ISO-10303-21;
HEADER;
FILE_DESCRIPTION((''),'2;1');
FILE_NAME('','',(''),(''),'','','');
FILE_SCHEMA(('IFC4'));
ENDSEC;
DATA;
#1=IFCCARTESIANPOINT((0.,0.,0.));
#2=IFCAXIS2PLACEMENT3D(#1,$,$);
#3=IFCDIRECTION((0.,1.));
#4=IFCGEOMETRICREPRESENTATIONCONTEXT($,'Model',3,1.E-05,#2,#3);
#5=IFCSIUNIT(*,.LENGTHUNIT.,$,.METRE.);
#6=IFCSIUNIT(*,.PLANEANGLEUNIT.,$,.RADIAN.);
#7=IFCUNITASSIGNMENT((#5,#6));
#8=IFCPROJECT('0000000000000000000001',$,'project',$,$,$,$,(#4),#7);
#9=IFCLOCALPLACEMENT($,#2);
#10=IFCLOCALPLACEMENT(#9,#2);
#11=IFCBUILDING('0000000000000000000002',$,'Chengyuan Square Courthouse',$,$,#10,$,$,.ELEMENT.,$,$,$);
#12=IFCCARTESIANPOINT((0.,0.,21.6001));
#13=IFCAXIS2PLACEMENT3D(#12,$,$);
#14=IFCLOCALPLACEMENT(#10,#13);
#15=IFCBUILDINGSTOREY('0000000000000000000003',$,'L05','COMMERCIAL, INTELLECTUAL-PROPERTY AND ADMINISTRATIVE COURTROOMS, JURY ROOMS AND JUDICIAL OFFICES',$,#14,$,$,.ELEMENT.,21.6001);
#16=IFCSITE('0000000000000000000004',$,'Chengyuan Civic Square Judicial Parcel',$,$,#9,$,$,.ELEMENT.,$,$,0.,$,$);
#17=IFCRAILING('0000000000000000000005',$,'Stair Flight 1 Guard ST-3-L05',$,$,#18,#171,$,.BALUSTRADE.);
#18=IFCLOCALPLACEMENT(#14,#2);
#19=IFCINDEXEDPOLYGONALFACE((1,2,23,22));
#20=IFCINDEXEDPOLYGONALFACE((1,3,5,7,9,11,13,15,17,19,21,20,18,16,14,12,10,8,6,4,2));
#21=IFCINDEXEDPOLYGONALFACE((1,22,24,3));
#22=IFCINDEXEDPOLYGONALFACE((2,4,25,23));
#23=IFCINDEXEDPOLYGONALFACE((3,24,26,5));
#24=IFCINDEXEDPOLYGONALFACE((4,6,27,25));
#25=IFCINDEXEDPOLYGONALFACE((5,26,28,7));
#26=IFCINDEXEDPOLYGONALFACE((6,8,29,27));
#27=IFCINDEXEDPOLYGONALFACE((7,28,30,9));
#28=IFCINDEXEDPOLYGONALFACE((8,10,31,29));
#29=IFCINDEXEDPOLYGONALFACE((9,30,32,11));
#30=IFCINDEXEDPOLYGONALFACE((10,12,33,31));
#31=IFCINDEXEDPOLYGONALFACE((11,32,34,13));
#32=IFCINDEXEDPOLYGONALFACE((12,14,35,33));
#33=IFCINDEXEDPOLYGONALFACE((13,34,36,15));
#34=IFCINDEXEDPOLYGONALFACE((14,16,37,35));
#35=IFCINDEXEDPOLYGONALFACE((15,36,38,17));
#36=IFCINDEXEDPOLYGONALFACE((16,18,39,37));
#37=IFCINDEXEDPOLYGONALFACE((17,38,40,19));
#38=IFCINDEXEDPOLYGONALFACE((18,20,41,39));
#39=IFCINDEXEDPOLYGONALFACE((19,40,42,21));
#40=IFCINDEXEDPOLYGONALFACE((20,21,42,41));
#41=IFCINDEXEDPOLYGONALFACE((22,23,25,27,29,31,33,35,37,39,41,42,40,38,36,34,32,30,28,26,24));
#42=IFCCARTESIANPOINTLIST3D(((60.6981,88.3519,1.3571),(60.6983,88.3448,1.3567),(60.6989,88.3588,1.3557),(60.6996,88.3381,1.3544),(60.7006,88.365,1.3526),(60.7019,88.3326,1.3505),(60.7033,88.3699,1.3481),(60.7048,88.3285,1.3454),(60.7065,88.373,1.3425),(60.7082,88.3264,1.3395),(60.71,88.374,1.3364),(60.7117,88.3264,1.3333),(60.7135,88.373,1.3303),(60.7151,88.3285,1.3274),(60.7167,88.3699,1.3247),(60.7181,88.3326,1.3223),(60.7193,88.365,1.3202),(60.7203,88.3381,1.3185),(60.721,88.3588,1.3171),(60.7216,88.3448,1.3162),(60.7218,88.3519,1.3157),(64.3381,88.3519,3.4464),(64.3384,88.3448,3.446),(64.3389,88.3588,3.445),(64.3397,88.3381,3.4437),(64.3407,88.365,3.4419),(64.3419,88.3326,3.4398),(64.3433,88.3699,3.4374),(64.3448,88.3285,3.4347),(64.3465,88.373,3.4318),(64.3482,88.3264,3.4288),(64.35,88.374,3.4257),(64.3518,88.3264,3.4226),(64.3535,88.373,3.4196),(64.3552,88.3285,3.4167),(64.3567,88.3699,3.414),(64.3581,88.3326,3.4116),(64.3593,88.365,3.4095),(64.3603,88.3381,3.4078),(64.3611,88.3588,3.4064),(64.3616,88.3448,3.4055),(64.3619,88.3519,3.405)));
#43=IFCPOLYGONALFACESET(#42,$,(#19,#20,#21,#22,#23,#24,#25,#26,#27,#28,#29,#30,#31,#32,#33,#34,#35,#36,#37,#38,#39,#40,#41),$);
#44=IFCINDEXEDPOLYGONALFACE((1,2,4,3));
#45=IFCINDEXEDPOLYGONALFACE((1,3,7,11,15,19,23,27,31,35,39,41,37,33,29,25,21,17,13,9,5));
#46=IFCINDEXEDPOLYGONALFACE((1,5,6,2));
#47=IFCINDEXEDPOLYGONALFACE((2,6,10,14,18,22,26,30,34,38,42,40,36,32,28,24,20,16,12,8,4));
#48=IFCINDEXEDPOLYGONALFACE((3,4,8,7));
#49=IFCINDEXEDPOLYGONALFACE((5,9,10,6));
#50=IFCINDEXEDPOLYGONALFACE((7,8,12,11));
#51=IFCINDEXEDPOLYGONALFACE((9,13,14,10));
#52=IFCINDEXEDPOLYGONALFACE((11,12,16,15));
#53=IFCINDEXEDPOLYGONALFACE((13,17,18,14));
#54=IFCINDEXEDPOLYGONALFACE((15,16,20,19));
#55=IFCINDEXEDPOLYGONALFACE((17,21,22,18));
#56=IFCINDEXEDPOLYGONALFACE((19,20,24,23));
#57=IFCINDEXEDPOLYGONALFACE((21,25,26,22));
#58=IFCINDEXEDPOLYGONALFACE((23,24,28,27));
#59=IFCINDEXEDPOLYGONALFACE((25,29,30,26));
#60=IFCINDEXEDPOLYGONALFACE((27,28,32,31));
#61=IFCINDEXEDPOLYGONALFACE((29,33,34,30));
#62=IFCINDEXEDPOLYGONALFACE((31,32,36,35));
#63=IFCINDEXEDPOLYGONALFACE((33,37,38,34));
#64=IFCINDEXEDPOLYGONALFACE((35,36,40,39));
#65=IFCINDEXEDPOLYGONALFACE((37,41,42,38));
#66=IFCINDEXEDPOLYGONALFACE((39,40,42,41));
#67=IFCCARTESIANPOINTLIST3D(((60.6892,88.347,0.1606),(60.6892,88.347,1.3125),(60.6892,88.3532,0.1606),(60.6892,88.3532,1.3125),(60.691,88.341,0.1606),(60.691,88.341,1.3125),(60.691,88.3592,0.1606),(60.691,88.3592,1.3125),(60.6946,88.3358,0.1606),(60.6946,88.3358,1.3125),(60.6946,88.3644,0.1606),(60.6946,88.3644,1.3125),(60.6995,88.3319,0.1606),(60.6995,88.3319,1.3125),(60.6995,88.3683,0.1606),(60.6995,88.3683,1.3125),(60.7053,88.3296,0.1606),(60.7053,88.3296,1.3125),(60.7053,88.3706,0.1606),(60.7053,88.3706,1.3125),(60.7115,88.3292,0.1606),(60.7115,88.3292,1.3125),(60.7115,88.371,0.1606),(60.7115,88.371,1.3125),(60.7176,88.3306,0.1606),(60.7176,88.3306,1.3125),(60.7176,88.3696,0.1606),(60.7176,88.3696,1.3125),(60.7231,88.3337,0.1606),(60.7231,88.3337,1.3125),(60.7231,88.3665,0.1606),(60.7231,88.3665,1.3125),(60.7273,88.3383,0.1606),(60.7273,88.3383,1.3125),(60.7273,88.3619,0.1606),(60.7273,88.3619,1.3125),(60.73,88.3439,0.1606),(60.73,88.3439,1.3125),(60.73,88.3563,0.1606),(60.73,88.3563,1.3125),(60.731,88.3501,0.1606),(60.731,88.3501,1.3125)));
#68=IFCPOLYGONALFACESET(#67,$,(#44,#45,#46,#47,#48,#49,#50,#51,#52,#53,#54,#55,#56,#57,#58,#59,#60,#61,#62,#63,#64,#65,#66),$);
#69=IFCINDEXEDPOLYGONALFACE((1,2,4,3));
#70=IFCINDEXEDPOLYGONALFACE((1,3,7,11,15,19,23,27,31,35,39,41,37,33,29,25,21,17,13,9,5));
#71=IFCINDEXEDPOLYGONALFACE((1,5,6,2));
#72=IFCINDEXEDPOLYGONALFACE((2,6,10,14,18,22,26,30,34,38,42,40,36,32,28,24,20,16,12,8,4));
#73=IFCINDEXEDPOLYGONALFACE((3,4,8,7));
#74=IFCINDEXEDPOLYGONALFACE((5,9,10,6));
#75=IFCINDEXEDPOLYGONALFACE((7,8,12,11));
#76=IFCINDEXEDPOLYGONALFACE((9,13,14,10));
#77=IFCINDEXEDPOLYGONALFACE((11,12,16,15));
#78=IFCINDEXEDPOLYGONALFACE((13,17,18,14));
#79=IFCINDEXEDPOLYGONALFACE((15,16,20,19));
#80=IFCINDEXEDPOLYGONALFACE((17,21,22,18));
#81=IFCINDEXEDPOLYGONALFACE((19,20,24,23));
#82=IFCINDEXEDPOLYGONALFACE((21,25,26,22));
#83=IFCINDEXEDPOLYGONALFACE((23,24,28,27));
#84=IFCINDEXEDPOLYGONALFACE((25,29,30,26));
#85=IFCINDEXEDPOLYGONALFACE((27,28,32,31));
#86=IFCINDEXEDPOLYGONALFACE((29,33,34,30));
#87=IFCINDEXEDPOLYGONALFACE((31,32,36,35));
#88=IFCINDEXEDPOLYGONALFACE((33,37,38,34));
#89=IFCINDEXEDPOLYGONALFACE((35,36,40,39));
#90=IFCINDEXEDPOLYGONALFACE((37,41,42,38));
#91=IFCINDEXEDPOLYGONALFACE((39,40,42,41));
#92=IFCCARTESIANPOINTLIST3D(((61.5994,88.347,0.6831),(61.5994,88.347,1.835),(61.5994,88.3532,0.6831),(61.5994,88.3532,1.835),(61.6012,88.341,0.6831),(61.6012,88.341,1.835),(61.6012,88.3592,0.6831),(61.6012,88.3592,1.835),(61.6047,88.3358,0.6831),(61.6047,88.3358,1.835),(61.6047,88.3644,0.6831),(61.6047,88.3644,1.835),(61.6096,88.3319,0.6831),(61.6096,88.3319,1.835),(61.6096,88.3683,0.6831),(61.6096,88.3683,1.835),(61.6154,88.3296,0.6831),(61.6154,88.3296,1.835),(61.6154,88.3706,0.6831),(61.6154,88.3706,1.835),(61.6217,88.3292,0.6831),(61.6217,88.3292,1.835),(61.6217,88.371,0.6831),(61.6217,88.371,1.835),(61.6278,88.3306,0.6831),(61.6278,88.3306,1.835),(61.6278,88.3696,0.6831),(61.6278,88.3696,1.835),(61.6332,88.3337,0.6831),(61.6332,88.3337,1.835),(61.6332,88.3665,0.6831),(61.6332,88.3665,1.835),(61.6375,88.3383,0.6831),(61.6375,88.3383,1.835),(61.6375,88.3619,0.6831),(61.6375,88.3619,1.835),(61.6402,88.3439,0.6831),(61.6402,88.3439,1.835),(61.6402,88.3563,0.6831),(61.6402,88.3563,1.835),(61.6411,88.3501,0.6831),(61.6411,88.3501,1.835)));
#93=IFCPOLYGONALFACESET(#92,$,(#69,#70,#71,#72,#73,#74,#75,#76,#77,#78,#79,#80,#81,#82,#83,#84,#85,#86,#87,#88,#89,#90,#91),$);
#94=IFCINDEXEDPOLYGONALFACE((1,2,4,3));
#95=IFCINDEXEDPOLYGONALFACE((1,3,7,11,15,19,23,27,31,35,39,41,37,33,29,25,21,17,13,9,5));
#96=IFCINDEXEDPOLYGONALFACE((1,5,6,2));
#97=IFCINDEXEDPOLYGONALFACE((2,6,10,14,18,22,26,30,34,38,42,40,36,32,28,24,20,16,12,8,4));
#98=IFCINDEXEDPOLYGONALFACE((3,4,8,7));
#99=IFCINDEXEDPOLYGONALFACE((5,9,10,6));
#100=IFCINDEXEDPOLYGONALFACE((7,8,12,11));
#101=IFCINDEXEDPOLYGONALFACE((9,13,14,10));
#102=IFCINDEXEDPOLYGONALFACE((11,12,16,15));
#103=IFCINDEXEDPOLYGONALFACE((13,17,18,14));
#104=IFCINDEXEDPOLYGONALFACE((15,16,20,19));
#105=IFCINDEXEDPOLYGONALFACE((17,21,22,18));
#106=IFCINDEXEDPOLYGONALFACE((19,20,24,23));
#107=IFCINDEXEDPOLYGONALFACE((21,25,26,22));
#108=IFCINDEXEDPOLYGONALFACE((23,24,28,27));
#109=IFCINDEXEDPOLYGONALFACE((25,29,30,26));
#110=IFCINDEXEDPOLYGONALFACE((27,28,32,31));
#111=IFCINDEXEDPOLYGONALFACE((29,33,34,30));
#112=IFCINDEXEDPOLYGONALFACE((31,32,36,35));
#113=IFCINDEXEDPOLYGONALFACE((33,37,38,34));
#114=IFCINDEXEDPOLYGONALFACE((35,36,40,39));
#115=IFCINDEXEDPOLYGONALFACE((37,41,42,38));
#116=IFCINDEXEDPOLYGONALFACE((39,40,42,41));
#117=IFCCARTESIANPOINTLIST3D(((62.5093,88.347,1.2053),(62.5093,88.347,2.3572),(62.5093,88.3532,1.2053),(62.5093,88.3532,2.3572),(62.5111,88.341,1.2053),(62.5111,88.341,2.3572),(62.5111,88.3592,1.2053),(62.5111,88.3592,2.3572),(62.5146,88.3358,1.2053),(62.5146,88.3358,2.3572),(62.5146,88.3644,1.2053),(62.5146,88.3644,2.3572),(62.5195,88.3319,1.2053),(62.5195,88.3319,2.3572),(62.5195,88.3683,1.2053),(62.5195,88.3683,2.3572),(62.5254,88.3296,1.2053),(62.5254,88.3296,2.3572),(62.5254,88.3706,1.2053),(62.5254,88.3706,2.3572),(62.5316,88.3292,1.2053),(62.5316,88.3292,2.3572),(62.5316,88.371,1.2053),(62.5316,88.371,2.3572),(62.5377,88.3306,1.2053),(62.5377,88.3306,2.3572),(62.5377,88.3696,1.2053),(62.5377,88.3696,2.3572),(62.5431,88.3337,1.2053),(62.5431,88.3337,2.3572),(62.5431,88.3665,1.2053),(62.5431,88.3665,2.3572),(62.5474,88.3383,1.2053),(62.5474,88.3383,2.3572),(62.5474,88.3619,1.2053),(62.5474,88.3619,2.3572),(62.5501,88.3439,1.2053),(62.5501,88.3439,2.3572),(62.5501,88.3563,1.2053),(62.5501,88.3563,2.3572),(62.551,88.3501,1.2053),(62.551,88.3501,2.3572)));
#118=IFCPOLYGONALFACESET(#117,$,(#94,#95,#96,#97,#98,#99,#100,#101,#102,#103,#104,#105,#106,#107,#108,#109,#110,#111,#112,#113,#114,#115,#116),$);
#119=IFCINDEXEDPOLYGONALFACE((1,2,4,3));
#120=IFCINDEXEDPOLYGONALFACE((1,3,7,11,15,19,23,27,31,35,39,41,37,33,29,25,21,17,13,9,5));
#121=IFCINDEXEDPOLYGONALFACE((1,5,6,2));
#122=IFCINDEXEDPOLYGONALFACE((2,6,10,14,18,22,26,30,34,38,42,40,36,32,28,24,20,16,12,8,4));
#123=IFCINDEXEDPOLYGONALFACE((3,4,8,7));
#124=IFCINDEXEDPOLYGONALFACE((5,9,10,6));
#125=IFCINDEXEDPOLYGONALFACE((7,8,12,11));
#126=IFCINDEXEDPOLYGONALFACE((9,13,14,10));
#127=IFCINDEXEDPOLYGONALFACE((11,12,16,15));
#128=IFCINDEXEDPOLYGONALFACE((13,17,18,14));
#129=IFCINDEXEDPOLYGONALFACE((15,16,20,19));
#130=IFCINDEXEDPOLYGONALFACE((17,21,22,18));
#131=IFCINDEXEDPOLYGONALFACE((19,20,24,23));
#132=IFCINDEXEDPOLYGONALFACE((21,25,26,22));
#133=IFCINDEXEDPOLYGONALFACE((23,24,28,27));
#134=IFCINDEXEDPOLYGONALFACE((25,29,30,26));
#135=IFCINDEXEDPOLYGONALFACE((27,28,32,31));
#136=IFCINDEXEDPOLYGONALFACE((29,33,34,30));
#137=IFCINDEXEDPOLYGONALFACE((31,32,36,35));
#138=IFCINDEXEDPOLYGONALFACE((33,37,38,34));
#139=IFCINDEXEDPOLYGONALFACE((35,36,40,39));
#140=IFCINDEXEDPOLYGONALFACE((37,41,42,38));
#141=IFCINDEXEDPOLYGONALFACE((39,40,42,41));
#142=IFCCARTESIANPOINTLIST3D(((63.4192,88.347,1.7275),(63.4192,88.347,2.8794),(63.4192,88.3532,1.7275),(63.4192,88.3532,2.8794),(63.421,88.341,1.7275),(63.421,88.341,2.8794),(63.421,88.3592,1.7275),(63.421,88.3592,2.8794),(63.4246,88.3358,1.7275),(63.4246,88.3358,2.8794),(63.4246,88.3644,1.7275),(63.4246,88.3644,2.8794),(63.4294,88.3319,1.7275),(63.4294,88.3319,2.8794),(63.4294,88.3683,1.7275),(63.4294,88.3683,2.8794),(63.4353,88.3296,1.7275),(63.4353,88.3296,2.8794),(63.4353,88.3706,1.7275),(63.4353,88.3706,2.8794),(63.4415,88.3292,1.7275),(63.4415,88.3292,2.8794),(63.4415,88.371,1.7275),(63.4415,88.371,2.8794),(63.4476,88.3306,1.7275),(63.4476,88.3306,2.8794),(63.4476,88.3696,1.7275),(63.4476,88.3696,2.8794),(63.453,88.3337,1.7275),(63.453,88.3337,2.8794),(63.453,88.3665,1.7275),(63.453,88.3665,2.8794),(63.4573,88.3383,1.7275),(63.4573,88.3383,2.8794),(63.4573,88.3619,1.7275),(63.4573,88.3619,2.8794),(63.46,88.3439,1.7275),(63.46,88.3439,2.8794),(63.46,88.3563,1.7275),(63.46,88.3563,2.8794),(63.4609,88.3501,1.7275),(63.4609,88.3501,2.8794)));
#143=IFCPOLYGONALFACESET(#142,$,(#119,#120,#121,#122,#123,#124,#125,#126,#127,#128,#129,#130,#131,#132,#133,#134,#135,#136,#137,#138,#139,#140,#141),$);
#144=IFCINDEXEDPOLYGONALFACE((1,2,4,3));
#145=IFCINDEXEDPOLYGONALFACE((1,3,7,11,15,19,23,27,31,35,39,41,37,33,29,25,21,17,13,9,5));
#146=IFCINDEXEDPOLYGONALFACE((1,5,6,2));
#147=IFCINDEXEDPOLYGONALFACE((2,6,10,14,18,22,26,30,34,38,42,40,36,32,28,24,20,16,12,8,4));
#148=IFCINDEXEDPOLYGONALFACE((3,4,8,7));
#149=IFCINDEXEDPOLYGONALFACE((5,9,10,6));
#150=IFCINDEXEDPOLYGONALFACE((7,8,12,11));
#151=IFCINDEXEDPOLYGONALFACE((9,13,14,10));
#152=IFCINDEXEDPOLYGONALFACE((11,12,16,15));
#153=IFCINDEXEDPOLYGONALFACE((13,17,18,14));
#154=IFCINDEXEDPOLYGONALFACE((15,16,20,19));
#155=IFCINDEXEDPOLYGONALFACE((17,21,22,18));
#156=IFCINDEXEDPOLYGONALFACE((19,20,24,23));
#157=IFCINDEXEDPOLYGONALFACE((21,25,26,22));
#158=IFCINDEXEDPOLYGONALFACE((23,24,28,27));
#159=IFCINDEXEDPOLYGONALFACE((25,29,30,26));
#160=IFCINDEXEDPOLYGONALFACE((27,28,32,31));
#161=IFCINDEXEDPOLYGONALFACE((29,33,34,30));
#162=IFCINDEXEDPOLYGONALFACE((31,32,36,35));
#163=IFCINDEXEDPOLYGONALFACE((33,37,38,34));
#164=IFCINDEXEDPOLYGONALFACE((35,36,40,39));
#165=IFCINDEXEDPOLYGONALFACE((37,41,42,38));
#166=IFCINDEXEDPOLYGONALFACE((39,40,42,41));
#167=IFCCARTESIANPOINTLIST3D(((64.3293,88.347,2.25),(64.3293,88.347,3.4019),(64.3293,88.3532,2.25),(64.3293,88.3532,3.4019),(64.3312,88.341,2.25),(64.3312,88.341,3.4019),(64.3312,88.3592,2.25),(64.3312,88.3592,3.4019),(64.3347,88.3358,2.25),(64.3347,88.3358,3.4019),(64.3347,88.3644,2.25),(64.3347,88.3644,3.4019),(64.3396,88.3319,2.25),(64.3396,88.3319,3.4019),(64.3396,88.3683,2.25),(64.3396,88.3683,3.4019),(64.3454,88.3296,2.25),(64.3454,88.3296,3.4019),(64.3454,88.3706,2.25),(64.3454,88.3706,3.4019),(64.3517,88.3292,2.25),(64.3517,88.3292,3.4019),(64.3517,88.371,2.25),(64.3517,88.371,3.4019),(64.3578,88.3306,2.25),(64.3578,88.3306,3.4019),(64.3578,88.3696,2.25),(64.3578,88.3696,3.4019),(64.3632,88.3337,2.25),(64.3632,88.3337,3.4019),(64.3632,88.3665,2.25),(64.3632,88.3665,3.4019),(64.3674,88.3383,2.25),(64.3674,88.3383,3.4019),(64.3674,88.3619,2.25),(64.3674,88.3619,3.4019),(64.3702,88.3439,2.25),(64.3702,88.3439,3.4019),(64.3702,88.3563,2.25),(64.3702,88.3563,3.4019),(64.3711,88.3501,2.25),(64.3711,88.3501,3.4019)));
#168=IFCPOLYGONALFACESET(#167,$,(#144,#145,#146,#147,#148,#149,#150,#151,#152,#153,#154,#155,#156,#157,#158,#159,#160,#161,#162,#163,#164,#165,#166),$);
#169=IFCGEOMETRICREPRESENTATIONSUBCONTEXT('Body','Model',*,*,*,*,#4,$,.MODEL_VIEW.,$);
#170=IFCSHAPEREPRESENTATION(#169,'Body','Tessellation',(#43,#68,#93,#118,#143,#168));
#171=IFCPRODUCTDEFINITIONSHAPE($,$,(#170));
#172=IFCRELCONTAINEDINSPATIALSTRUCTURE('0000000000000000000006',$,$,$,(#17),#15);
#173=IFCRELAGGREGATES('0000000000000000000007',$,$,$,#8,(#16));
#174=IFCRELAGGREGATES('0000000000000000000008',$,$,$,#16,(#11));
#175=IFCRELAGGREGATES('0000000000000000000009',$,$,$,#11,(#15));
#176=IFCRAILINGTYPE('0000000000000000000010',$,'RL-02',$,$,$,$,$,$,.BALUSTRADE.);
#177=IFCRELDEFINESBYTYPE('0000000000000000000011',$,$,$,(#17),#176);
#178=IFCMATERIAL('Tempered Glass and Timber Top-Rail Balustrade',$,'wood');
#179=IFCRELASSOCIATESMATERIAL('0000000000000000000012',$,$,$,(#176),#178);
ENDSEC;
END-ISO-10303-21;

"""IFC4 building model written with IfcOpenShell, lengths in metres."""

from ifc_helpers import new_model, si_unit, direction, frame, origin, origin_2d, place, context, subcontext, project, spatial, circle, extrude, material, type_object, element, save


model = new_model("IFC4")

# Units and contexts
model_context = context("Model", 3, precision=1e-05, world=origin(), true_north=direction((0.0, 1.0)))
body_context = subcontext(model_context, "Body", "Model", "MODEL_VIEW")
ifc_project = project(units=[si_unit("LENGTHUNIT", "METRE"), si_unit("PLANEANGLEUNIT", "RADIAN")], contexts=[model_context])

# Site, building, storey
site_placement = place(None, origin())
site = spatial("IfcSite", under=ifc_project, at=site_placement, Name="Chengyuan Civic Square Judicial Parcel", CompositionType="ELEMENT", RefElevation=0.0)
building_placement = place(site_placement, origin())
building = spatial("IfcBuilding", under=site, at=building_placement, Name="Chengyuan Square Courthouse", CompositionType="ELEMENT")
storey_placement = place(building_placement, frame((0.0, 0.0, 21.6001)))
storey = spatial("IfcBuildingStorey", under=building, at=storey_placement, Name="L05", Description="COMMERCIAL, INTELLECTUAL-PROPERTY AND ADMINISTRATIVE COURTROOMS, JURY ROOMS AND JUDICIAL OFFICES", CompositionType="ELEMENT", Elevation=21.6001)

# Railing
ifc_material_1 = material(Name="Tempered Glass and Timber Top-Rail Balustrade", Category="wood")
railing_type_1 = type_object("IfcRailingType", Name="RL-02", PredefinedType="BALUSTRADE", material=ifc_material_1)
railing_1_placement = place(storey_placement, frame((60.71, 88.3501, 0.1606)))
element("IfcRailing", 1, at=railing_1_placement, inside=storey, type_object=railing_type_1, Name="Stair Flight 1 Guard ST-3-L05", PredefinedType="BALUSTRADE", context=body_context, shape_type="SweptSolid", body=[
    extrude(circle(Radius=0.0239, at=origin_2d()), frame((0.0, 0.0, 1.1758), z_axis=(0.867289, 0.0, 0.497804), x_axis=(0.0, 1.0, 0.0)), (0.0, 0.0, 1.0), 4.197),
    extrude(circle(Radius=0.021, at=origin_2d()), origin(), (0.0, 0.0, 1.0), 1.1519),
    extrude(circle(Radius=0.021, at=origin_2d()), frame((0.9102, 0.0, 0.5225)), (0.0, 0.0, 1.0), 1.1519),
    extrude(circle(Radius=0.021, at=origin_2d()), frame((1.8201, 0.0, 1.0447)), (0.0, 0.0, 1.0), 1.1519),
    extrude(circle(Radius=0.021, at=origin_2d()), frame((2.73, 0.0, 1.5669)), (0.0, 0.0, 1.0), 1.1519),
    extrude(circle(Radius=0.021, at=origin_2d()), frame((3.6401, 0.0, 2.0894)), (0.0, 0.0, 1.0), 1.1519),
])

save(model, "model.ifc")
